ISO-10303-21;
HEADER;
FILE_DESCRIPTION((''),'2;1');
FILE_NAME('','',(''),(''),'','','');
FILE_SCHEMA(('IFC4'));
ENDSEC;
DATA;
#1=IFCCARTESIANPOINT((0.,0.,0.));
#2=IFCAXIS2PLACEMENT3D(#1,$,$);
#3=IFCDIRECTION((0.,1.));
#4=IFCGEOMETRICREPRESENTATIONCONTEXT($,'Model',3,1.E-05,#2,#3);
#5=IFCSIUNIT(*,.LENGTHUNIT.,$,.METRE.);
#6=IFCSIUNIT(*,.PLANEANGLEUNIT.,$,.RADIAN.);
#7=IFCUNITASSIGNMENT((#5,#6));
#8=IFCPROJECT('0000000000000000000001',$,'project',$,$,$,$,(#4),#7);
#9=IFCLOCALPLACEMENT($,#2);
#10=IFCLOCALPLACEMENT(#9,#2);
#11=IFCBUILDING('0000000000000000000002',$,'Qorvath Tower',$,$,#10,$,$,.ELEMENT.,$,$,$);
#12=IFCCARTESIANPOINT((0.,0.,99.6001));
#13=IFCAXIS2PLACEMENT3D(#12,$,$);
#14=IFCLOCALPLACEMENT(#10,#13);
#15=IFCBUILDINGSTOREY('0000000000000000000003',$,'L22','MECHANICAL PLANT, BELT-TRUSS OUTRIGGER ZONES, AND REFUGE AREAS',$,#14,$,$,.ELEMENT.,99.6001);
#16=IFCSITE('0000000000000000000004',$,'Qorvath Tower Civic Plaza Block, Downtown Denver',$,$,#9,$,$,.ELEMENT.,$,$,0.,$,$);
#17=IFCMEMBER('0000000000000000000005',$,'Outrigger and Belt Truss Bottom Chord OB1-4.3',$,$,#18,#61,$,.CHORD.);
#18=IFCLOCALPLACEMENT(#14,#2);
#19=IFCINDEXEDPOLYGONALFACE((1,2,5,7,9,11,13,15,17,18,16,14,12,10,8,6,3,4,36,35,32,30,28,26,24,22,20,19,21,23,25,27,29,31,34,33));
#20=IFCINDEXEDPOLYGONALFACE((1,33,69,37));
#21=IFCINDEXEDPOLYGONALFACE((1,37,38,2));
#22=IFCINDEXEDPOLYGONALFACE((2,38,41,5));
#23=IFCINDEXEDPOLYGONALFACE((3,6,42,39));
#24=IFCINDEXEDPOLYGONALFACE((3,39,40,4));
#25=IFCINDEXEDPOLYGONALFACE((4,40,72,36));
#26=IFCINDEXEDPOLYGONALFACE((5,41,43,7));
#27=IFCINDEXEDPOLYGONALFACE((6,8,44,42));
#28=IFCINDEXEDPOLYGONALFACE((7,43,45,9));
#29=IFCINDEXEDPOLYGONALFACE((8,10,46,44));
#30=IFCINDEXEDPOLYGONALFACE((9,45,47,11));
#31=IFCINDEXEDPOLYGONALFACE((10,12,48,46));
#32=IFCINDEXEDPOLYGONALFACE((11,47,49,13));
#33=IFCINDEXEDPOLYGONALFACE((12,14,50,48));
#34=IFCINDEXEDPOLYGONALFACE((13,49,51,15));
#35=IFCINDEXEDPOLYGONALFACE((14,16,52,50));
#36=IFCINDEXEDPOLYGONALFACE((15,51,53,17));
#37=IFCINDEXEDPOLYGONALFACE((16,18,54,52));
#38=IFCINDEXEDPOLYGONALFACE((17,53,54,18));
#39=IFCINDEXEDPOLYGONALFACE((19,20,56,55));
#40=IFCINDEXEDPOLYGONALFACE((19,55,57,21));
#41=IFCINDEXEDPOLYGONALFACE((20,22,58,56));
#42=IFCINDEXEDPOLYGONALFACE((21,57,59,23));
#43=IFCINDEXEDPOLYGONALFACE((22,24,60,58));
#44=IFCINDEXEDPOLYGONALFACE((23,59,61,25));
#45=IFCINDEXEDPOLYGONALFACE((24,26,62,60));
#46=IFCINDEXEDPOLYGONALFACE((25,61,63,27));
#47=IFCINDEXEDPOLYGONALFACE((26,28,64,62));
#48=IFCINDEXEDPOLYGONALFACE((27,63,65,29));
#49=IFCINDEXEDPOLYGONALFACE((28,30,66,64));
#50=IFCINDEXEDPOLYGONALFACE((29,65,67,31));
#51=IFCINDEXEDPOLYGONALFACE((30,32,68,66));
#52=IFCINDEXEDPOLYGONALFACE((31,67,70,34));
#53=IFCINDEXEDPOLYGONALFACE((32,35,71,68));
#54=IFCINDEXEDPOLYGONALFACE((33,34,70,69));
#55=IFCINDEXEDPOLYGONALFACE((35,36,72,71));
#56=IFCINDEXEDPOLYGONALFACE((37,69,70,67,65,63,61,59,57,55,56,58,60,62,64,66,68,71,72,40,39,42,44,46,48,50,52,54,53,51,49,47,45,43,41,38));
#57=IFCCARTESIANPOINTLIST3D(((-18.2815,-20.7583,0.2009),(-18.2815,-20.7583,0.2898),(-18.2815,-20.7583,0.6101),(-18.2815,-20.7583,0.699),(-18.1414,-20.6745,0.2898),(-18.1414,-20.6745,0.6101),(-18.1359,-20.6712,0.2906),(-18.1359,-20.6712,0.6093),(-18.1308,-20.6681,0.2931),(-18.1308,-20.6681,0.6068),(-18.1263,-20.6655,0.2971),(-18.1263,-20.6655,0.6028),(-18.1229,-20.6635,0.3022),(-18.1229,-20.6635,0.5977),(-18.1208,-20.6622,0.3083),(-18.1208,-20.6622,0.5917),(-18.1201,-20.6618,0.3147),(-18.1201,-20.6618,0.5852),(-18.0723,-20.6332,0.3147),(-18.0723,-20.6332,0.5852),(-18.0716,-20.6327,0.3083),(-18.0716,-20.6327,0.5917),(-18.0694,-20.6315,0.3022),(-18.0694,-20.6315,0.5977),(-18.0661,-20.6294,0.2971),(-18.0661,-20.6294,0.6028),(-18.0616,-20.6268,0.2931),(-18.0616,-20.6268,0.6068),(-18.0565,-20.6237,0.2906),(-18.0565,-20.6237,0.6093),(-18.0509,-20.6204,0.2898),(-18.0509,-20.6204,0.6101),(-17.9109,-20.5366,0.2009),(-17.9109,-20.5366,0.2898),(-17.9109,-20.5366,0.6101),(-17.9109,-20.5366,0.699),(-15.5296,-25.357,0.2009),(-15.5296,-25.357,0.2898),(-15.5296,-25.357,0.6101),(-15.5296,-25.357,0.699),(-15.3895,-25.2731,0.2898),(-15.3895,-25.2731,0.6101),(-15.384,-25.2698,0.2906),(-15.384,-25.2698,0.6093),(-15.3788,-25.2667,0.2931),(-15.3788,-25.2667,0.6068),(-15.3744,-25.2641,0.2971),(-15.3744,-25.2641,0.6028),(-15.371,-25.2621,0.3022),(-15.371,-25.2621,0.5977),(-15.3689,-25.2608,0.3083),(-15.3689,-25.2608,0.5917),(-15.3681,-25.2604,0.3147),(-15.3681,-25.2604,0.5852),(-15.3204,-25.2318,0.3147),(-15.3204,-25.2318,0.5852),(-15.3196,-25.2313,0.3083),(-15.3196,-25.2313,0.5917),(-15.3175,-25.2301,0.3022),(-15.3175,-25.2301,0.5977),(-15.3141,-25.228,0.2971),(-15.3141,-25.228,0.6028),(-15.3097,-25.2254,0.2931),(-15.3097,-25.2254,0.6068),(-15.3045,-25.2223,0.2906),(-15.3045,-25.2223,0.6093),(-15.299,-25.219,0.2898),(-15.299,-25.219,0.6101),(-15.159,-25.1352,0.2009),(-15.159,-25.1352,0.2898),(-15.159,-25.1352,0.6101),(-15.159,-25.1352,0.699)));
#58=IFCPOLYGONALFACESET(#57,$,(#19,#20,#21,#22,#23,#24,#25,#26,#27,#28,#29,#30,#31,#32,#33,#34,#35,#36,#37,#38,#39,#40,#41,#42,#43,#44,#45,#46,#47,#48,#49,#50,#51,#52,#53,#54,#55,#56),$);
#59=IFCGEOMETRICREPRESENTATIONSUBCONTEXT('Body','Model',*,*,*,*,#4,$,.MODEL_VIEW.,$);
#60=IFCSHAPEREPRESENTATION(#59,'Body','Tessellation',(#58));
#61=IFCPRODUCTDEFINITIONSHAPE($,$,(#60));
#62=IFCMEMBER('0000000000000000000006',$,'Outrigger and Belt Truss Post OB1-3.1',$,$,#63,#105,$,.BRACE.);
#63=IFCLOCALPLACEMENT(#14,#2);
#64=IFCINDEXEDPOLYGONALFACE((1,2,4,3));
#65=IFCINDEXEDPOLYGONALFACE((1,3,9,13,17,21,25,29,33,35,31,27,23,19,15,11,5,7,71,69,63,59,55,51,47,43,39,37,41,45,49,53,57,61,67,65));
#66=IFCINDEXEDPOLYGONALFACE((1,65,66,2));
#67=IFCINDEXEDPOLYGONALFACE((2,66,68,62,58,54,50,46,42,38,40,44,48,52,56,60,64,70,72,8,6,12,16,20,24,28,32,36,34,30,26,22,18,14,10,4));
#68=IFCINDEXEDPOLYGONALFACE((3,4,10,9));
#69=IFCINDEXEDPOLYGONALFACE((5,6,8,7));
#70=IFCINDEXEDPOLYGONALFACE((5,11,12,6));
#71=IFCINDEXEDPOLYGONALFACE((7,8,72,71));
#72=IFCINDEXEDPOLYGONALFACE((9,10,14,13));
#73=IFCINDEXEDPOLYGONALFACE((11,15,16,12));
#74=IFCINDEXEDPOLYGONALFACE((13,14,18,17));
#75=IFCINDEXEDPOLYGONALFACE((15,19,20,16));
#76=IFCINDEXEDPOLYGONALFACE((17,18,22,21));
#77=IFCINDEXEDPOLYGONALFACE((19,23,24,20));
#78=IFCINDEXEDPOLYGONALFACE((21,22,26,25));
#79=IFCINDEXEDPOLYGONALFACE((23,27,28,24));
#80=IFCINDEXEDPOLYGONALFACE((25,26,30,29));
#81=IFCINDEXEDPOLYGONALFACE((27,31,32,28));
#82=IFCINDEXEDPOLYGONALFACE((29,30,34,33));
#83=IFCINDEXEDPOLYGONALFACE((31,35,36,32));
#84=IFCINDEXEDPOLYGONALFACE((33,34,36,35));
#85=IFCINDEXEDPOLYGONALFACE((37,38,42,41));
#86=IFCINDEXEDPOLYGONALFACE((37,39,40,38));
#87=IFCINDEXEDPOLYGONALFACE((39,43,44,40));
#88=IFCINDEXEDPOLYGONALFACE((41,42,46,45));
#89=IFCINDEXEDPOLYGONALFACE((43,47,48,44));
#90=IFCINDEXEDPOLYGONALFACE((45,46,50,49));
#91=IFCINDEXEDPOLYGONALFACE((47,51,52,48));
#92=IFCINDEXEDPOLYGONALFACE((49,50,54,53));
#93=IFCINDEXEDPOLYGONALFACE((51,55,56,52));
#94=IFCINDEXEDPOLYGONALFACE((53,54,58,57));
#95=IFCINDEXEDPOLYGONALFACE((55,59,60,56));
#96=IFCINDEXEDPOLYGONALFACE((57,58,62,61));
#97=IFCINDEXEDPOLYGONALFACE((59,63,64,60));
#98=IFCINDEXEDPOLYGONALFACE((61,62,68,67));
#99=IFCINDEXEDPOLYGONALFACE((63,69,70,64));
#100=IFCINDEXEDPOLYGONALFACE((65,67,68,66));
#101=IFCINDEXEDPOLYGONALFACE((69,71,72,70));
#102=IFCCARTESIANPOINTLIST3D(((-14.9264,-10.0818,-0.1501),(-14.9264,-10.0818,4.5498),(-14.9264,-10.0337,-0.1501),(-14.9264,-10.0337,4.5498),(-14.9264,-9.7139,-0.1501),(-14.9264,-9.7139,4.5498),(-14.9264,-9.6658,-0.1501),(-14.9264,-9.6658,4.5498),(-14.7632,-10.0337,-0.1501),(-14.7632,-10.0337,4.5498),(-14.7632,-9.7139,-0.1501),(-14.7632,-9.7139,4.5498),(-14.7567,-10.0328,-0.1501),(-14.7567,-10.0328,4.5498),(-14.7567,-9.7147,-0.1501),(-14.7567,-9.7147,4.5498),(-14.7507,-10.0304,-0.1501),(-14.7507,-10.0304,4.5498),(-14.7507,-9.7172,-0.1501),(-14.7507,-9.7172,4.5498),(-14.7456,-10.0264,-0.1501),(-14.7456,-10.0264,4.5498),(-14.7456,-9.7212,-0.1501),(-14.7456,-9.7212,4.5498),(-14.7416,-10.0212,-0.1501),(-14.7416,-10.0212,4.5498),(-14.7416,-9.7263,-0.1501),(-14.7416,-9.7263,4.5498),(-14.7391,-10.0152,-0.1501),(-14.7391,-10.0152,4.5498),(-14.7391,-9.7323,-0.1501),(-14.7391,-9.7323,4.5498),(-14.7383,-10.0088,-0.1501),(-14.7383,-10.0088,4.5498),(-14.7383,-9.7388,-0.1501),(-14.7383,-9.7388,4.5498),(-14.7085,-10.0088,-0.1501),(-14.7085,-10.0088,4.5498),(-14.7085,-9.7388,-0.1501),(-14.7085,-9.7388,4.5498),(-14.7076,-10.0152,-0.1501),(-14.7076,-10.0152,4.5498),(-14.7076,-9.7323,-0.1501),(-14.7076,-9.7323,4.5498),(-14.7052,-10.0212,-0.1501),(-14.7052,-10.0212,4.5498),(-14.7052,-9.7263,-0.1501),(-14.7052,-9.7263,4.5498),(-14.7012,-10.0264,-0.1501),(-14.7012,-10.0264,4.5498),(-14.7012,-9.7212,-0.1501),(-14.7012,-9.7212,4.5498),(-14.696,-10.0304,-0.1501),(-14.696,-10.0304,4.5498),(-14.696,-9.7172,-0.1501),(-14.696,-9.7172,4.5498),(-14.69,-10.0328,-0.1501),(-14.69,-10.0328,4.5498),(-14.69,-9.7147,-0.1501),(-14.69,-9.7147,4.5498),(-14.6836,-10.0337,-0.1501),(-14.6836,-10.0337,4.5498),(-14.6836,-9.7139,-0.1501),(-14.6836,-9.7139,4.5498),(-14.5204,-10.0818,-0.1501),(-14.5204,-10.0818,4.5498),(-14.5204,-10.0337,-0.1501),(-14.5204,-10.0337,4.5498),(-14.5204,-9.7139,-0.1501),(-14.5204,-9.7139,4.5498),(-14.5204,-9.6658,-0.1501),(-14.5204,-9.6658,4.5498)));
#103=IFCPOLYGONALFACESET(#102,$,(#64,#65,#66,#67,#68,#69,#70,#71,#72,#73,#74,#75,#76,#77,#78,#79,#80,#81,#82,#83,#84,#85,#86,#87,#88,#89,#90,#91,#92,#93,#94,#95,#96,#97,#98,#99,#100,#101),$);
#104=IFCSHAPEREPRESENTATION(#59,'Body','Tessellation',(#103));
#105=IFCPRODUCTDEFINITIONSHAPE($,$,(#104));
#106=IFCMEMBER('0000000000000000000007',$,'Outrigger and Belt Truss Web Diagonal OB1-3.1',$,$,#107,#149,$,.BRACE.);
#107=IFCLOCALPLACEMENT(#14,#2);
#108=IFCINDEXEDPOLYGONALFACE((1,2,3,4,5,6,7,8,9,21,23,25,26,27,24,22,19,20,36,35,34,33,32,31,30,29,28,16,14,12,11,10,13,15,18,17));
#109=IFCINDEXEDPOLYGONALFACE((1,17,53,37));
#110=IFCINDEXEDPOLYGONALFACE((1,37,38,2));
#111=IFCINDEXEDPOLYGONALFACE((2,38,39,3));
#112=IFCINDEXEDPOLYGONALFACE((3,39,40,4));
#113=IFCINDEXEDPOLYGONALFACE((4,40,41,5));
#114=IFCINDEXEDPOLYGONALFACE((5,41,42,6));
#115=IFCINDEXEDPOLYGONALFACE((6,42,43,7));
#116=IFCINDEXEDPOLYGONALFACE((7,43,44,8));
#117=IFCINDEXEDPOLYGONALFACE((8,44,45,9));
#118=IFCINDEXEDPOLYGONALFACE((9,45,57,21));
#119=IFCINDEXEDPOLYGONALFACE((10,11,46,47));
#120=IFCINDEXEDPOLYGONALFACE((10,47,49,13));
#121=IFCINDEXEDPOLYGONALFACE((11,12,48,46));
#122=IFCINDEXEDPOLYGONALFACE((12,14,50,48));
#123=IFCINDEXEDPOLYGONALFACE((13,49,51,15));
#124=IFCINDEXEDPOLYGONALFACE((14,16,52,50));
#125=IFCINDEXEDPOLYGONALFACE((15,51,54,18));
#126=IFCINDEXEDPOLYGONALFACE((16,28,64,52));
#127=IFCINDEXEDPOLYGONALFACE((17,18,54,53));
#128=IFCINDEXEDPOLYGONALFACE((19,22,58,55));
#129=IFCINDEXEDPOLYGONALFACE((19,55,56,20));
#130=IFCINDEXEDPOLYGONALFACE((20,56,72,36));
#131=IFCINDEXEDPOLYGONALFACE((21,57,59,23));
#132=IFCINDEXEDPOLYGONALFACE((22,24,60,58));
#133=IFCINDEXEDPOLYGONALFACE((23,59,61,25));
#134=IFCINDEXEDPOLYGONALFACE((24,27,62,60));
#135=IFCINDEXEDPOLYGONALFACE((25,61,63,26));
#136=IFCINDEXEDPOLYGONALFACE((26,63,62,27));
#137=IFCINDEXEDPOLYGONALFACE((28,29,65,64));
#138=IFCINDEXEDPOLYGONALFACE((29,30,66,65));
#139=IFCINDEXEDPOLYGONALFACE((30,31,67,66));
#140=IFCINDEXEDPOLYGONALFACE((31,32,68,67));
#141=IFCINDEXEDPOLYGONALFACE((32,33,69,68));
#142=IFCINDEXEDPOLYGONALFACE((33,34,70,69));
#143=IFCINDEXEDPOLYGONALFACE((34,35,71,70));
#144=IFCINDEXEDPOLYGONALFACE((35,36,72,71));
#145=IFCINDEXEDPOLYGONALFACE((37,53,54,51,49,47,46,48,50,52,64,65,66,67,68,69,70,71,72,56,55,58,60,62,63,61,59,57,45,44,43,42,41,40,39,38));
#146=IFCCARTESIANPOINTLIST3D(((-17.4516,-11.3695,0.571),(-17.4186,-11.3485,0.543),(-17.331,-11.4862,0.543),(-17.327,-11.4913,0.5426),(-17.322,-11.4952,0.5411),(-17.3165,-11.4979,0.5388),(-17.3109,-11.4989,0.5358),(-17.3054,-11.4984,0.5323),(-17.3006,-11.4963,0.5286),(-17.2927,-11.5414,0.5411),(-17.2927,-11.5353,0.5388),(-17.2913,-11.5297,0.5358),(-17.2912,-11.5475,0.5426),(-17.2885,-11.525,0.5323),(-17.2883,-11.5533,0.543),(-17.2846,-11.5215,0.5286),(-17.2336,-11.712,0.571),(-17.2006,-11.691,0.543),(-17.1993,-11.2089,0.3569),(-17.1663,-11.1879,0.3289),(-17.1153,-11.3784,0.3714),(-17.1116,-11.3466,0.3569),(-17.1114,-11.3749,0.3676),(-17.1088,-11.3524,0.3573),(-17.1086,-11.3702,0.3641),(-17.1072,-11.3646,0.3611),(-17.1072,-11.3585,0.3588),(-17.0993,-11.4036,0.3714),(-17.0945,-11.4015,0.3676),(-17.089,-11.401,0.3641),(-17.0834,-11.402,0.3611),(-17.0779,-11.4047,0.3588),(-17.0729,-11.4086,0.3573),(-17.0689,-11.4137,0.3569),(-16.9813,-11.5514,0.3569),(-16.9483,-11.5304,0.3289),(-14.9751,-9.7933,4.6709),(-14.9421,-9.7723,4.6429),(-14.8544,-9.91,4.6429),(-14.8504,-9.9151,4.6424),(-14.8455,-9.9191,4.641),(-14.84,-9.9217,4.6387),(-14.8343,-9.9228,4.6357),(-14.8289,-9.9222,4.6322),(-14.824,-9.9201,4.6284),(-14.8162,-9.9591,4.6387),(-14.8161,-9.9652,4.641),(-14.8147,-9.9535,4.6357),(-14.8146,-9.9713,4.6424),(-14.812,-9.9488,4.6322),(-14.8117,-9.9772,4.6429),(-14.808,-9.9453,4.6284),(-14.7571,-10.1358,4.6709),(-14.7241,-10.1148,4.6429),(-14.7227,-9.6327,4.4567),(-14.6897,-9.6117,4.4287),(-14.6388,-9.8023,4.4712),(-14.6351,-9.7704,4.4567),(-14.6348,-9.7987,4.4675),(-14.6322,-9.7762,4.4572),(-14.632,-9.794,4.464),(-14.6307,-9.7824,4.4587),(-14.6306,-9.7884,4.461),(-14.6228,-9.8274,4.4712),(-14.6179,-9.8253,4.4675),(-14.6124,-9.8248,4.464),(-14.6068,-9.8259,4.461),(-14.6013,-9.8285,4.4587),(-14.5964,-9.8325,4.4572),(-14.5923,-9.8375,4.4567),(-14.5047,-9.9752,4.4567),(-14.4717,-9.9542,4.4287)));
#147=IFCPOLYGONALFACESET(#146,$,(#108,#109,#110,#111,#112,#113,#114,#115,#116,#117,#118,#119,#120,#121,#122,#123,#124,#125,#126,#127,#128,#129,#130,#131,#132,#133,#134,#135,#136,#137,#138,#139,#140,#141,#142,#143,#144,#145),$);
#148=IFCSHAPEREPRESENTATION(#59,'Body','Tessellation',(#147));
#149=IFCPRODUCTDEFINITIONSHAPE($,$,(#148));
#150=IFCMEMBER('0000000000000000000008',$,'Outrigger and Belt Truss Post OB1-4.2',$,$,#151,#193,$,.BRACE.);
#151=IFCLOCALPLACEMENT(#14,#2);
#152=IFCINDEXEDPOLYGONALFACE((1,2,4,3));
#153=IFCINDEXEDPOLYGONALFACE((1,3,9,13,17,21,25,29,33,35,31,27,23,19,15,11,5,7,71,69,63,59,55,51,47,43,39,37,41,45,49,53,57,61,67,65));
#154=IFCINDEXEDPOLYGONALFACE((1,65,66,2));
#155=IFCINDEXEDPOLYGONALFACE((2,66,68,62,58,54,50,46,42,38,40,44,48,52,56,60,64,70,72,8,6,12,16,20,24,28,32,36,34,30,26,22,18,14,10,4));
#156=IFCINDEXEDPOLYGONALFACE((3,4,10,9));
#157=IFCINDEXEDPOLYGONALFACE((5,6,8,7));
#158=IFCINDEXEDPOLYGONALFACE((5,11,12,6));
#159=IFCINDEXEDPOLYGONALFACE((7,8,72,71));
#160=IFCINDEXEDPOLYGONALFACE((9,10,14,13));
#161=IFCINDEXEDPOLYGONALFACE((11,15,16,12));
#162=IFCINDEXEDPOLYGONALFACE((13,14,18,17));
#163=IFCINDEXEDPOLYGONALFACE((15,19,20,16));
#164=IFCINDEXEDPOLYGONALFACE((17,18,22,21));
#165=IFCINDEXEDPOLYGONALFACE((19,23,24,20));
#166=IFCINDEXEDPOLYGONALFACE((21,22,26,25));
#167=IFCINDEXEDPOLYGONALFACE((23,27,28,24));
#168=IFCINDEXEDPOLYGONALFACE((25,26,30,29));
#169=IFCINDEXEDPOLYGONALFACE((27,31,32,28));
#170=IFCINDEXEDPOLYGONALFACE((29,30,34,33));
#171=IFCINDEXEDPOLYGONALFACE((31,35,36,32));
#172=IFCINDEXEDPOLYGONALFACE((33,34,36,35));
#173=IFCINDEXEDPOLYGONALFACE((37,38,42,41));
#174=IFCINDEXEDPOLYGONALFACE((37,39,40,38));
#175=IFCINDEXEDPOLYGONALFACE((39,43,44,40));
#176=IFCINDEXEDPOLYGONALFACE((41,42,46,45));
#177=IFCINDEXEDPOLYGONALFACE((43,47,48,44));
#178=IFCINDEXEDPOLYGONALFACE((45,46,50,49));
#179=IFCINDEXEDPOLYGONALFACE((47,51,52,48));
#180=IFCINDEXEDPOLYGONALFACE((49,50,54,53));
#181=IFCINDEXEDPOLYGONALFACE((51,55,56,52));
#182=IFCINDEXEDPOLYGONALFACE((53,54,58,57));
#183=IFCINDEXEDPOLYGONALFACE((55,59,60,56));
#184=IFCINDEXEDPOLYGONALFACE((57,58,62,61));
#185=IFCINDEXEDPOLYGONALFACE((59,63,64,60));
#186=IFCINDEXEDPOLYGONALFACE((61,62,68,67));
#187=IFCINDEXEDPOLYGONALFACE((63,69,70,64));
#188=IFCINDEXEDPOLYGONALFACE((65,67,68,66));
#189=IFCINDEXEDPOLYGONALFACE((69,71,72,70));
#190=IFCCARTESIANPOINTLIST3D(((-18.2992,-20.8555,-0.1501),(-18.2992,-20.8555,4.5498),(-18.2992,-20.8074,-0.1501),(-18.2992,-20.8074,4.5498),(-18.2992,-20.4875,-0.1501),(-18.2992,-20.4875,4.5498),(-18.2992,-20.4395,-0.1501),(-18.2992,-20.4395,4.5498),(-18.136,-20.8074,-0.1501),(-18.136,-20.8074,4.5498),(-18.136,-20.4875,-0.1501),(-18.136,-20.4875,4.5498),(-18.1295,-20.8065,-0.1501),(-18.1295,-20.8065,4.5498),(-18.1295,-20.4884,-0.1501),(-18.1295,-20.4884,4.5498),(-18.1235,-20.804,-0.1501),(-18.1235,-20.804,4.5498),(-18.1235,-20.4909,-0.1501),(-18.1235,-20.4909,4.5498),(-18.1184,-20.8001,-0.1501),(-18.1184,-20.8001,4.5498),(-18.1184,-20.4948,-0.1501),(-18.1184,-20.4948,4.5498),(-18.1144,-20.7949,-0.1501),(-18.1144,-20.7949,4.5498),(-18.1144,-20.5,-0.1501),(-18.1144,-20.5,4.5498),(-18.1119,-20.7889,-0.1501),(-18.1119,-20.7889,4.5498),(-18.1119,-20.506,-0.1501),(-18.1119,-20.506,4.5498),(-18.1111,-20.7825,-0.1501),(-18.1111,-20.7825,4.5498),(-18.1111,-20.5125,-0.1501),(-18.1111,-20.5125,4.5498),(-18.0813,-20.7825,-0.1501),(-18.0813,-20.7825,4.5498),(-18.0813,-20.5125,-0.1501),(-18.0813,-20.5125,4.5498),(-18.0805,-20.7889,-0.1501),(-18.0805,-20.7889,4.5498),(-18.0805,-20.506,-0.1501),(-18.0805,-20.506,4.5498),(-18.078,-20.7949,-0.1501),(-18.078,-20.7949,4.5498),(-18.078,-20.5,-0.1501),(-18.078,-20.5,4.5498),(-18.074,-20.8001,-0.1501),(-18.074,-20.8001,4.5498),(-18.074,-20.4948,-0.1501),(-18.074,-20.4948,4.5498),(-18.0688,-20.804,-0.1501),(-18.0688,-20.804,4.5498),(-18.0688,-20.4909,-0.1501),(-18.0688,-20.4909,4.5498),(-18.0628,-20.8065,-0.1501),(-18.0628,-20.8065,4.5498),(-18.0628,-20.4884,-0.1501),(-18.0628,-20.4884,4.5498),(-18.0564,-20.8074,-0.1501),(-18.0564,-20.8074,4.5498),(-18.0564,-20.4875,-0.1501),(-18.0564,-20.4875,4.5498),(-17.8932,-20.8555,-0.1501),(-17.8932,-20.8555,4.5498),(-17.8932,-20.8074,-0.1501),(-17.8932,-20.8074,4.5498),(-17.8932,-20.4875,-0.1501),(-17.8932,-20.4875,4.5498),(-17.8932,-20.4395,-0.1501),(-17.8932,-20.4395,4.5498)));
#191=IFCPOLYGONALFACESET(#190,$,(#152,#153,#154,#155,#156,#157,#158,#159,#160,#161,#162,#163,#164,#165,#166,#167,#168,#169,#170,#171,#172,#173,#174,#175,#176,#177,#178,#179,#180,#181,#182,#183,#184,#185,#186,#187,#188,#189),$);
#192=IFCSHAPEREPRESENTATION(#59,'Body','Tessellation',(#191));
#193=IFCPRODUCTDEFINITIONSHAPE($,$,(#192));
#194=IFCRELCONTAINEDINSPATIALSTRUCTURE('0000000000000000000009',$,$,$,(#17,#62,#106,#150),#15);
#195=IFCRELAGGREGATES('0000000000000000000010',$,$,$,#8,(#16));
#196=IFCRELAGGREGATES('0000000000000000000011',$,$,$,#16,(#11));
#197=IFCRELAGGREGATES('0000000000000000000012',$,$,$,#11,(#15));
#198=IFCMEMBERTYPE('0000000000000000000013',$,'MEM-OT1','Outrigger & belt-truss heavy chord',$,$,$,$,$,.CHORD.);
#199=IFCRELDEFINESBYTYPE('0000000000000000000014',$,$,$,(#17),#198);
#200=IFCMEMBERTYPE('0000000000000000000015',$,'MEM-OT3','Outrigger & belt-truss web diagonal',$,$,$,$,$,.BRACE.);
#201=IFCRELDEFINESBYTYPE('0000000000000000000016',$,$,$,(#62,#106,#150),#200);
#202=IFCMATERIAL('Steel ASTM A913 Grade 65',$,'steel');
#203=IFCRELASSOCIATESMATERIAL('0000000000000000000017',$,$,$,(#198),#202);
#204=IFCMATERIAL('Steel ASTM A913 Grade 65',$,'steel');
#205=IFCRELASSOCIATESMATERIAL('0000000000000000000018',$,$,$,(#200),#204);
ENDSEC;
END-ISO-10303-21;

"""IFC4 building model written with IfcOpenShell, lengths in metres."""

from ifc_helpers import new_model, si_unit, direction, frame, origin, origin_2d, place, context, subcontext, project, spatial, i_section, extrude, material, material_profile, profile_set, type_object, element, save


model = new_model("IFC4")

# Units and contexts
model_context = context("Model", 3, precision=1e-05, world=origin(), true_north=direction((0.0, 1.0)))
body_context = subcontext(model_context, "Body", "Model", "MODEL_VIEW")
ifc_project = project(units=[si_unit("LENGTHUNIT", "METRE"), si_unit("PLANEANGLEUNIT", "RADIAN")], contexts=[model_context])

# Site, building, storey
site_placement = place(None, origin())
site = spatial("IfcSite", under=ifc_project, at=site_placement, Name="Qorvath Tower Civic Plaza Block, Downtown Denver", CompositionType="ELEMENT", RefElevation=0.0)
building_placement = place(site_placement, origin())
building = spatial("IfcBuilding", under=site, at=building_placement, Name="Qorvath Tower", CompositionType="ELEMENT")
storey_placement = place(building_placement, frame((0.0, 0.0, 99.6001)))
storey = spatial("IfcBuildingStorey", under=building, at=storey_placement, Name="L22", Description="MECHANICAL PLANT, BELT-TRUSS OUTRIGGER ZONES, AND REFUGE AREAS", CompositionType="ELEMENT", Elevation=99.6001)

# Members
ifc_material_1 = material(Name="Steel ASTM A913 Grade 65", Category="steel")
ifc_material_profile_1 = material_profile(ifc_material_1, i_section(OverallWidth=0.4319, OverallDepth=0.498, WebThickness=0.0557, FlangeThickness=0.0889, FilletRadius=0.0249, at=origin_2d()), Name="W14x500")
ifc_profile_set_1 = profile_set([ifc_material_profile_1], Name="Steel ASTM A913 Grade 65")
member_type_1 = type_object("IfcMemberType", Name="MEM-OT1", Description="Outrigger & belt-truss heavy chord", PredefinedType="CHORD", material=ifc_profile_set_1)
member_1_placement = place(storey_placement, frame((-18.0962, -20.6475, 0.45), z_axis=(0.513504, -0.858087, 0.0), x_axis=(0.858087, 0.513504, 0.0)))
element("IfcMember", 1, at=member_1_placement, inside=storey, type_object=member_type_1, Name="Outrigger and Belt Truss Bottom Chord OB1-4.3", PredefinedType="CHORD", context=body_context, shape_type="SweptSolid", body=[
    extrude(i_section(OverallWidth=0.4319, OverallDepth=0.498, WebThickness=0.0557, FlangeThickness=0.0889, FilletRadius=0.0249, at=origin_2d()), origin(), (0.0, 0.0, 1.0), 5.3591),
])
ifc_material_2 = material(Name="Steel ASTM A913 Grade 65", Category="steel")
ifc_material_profile_2 = material_profile(ifc_material_2, i_section(OverallWidth=0.406, OverallDepth=0.416, WebThickness=0.0298, FlangeThickness=0.0481, FilletRadius=0.0249, at=origin_2d()), Name="W14x257")
ifc_profile_set_2 = profile_set([ifc_material_profile_2], Name="Steel ASTM A913 Grade 65")
member_type_2 = type_object("IfcMemberType", Name="MEM-OT3", Description="Outrigger & belt-truss web diagonal", PredefinedType="BRACE", material=ifc_profile_set_2)
member_2_placement = place(storey_placement, frame((-14.7234, -9.8738, -0.1501), z_axis=(0.0, 0.0, 1.0), x_axis=(1.0, 0.0, 0.0)))
element("IfcMember", 2, at=member_2_placement, inside=storey, type_object=member_type_2, Name="Outrigger and Belt Truss Post OB1-3.1", PredefinedType="BRACE", context=body_context, shape_type="SweptSolid", body=[
    extrude(i_section(OverallWidth=0.406, OverallDepth=0.416, WebThickness=0.0298, FlangeThickness=0.0481, FilletRadius=0.0249, at=origin_2d()), origin(), (0.0, 0.0, 1.0), 4.7),
])
member_3_placement = place(storey_placement, frame((-17.2, -11.45, 0.45), z_axis=(0.491141, 0.312579, 0.813065), x_axis=(-0.536919, 0.843634, 0.0)))
element("IfcMember", 3, at=member_3_placement, inside=storey, type_object=member_type_2, Name="Outrigger and Belt Truss Web Diagonal OB1-3.1", PredefinedType="BRACE", context=body_context, shape_type="SweptSolid", body=[
    extrude(i_section(OverallWidth=0.406, OverallDepth=0.416, WebThickness=0.0298, FlangeThickness=0.0481, FilletRadius=0.0249, at=origin_2d()), origin(), (0.0, 0.0, 1.0), 5.0425),
])
member_4_placement = place(storey_placement, frame((-18.0962, -20.6475, -0.1501), z_axis=(0.0, 0.0, 1.0), x_axis=(1.0, 0.0, 0.0)))
element("IfcMember", 4, at=member_4_placement, inside=storey, type_object=member_type_2, Name="Outrigger and Belt Truss Post OB1-4.2", PredefinedType="BRACE", context=body_context, shape_type="SweptSolid", body=[
    extrude(i_section(OverallWidth=0.406, OverallDepth=0.416, WebThickness=0.0298, FlangeThickness=0.0481, FilletRadius=0.0249, at=origin_2d()), origin(), (0.0, 0.0, 1.0), 4.7),
])

save(model, "model.ifc")
